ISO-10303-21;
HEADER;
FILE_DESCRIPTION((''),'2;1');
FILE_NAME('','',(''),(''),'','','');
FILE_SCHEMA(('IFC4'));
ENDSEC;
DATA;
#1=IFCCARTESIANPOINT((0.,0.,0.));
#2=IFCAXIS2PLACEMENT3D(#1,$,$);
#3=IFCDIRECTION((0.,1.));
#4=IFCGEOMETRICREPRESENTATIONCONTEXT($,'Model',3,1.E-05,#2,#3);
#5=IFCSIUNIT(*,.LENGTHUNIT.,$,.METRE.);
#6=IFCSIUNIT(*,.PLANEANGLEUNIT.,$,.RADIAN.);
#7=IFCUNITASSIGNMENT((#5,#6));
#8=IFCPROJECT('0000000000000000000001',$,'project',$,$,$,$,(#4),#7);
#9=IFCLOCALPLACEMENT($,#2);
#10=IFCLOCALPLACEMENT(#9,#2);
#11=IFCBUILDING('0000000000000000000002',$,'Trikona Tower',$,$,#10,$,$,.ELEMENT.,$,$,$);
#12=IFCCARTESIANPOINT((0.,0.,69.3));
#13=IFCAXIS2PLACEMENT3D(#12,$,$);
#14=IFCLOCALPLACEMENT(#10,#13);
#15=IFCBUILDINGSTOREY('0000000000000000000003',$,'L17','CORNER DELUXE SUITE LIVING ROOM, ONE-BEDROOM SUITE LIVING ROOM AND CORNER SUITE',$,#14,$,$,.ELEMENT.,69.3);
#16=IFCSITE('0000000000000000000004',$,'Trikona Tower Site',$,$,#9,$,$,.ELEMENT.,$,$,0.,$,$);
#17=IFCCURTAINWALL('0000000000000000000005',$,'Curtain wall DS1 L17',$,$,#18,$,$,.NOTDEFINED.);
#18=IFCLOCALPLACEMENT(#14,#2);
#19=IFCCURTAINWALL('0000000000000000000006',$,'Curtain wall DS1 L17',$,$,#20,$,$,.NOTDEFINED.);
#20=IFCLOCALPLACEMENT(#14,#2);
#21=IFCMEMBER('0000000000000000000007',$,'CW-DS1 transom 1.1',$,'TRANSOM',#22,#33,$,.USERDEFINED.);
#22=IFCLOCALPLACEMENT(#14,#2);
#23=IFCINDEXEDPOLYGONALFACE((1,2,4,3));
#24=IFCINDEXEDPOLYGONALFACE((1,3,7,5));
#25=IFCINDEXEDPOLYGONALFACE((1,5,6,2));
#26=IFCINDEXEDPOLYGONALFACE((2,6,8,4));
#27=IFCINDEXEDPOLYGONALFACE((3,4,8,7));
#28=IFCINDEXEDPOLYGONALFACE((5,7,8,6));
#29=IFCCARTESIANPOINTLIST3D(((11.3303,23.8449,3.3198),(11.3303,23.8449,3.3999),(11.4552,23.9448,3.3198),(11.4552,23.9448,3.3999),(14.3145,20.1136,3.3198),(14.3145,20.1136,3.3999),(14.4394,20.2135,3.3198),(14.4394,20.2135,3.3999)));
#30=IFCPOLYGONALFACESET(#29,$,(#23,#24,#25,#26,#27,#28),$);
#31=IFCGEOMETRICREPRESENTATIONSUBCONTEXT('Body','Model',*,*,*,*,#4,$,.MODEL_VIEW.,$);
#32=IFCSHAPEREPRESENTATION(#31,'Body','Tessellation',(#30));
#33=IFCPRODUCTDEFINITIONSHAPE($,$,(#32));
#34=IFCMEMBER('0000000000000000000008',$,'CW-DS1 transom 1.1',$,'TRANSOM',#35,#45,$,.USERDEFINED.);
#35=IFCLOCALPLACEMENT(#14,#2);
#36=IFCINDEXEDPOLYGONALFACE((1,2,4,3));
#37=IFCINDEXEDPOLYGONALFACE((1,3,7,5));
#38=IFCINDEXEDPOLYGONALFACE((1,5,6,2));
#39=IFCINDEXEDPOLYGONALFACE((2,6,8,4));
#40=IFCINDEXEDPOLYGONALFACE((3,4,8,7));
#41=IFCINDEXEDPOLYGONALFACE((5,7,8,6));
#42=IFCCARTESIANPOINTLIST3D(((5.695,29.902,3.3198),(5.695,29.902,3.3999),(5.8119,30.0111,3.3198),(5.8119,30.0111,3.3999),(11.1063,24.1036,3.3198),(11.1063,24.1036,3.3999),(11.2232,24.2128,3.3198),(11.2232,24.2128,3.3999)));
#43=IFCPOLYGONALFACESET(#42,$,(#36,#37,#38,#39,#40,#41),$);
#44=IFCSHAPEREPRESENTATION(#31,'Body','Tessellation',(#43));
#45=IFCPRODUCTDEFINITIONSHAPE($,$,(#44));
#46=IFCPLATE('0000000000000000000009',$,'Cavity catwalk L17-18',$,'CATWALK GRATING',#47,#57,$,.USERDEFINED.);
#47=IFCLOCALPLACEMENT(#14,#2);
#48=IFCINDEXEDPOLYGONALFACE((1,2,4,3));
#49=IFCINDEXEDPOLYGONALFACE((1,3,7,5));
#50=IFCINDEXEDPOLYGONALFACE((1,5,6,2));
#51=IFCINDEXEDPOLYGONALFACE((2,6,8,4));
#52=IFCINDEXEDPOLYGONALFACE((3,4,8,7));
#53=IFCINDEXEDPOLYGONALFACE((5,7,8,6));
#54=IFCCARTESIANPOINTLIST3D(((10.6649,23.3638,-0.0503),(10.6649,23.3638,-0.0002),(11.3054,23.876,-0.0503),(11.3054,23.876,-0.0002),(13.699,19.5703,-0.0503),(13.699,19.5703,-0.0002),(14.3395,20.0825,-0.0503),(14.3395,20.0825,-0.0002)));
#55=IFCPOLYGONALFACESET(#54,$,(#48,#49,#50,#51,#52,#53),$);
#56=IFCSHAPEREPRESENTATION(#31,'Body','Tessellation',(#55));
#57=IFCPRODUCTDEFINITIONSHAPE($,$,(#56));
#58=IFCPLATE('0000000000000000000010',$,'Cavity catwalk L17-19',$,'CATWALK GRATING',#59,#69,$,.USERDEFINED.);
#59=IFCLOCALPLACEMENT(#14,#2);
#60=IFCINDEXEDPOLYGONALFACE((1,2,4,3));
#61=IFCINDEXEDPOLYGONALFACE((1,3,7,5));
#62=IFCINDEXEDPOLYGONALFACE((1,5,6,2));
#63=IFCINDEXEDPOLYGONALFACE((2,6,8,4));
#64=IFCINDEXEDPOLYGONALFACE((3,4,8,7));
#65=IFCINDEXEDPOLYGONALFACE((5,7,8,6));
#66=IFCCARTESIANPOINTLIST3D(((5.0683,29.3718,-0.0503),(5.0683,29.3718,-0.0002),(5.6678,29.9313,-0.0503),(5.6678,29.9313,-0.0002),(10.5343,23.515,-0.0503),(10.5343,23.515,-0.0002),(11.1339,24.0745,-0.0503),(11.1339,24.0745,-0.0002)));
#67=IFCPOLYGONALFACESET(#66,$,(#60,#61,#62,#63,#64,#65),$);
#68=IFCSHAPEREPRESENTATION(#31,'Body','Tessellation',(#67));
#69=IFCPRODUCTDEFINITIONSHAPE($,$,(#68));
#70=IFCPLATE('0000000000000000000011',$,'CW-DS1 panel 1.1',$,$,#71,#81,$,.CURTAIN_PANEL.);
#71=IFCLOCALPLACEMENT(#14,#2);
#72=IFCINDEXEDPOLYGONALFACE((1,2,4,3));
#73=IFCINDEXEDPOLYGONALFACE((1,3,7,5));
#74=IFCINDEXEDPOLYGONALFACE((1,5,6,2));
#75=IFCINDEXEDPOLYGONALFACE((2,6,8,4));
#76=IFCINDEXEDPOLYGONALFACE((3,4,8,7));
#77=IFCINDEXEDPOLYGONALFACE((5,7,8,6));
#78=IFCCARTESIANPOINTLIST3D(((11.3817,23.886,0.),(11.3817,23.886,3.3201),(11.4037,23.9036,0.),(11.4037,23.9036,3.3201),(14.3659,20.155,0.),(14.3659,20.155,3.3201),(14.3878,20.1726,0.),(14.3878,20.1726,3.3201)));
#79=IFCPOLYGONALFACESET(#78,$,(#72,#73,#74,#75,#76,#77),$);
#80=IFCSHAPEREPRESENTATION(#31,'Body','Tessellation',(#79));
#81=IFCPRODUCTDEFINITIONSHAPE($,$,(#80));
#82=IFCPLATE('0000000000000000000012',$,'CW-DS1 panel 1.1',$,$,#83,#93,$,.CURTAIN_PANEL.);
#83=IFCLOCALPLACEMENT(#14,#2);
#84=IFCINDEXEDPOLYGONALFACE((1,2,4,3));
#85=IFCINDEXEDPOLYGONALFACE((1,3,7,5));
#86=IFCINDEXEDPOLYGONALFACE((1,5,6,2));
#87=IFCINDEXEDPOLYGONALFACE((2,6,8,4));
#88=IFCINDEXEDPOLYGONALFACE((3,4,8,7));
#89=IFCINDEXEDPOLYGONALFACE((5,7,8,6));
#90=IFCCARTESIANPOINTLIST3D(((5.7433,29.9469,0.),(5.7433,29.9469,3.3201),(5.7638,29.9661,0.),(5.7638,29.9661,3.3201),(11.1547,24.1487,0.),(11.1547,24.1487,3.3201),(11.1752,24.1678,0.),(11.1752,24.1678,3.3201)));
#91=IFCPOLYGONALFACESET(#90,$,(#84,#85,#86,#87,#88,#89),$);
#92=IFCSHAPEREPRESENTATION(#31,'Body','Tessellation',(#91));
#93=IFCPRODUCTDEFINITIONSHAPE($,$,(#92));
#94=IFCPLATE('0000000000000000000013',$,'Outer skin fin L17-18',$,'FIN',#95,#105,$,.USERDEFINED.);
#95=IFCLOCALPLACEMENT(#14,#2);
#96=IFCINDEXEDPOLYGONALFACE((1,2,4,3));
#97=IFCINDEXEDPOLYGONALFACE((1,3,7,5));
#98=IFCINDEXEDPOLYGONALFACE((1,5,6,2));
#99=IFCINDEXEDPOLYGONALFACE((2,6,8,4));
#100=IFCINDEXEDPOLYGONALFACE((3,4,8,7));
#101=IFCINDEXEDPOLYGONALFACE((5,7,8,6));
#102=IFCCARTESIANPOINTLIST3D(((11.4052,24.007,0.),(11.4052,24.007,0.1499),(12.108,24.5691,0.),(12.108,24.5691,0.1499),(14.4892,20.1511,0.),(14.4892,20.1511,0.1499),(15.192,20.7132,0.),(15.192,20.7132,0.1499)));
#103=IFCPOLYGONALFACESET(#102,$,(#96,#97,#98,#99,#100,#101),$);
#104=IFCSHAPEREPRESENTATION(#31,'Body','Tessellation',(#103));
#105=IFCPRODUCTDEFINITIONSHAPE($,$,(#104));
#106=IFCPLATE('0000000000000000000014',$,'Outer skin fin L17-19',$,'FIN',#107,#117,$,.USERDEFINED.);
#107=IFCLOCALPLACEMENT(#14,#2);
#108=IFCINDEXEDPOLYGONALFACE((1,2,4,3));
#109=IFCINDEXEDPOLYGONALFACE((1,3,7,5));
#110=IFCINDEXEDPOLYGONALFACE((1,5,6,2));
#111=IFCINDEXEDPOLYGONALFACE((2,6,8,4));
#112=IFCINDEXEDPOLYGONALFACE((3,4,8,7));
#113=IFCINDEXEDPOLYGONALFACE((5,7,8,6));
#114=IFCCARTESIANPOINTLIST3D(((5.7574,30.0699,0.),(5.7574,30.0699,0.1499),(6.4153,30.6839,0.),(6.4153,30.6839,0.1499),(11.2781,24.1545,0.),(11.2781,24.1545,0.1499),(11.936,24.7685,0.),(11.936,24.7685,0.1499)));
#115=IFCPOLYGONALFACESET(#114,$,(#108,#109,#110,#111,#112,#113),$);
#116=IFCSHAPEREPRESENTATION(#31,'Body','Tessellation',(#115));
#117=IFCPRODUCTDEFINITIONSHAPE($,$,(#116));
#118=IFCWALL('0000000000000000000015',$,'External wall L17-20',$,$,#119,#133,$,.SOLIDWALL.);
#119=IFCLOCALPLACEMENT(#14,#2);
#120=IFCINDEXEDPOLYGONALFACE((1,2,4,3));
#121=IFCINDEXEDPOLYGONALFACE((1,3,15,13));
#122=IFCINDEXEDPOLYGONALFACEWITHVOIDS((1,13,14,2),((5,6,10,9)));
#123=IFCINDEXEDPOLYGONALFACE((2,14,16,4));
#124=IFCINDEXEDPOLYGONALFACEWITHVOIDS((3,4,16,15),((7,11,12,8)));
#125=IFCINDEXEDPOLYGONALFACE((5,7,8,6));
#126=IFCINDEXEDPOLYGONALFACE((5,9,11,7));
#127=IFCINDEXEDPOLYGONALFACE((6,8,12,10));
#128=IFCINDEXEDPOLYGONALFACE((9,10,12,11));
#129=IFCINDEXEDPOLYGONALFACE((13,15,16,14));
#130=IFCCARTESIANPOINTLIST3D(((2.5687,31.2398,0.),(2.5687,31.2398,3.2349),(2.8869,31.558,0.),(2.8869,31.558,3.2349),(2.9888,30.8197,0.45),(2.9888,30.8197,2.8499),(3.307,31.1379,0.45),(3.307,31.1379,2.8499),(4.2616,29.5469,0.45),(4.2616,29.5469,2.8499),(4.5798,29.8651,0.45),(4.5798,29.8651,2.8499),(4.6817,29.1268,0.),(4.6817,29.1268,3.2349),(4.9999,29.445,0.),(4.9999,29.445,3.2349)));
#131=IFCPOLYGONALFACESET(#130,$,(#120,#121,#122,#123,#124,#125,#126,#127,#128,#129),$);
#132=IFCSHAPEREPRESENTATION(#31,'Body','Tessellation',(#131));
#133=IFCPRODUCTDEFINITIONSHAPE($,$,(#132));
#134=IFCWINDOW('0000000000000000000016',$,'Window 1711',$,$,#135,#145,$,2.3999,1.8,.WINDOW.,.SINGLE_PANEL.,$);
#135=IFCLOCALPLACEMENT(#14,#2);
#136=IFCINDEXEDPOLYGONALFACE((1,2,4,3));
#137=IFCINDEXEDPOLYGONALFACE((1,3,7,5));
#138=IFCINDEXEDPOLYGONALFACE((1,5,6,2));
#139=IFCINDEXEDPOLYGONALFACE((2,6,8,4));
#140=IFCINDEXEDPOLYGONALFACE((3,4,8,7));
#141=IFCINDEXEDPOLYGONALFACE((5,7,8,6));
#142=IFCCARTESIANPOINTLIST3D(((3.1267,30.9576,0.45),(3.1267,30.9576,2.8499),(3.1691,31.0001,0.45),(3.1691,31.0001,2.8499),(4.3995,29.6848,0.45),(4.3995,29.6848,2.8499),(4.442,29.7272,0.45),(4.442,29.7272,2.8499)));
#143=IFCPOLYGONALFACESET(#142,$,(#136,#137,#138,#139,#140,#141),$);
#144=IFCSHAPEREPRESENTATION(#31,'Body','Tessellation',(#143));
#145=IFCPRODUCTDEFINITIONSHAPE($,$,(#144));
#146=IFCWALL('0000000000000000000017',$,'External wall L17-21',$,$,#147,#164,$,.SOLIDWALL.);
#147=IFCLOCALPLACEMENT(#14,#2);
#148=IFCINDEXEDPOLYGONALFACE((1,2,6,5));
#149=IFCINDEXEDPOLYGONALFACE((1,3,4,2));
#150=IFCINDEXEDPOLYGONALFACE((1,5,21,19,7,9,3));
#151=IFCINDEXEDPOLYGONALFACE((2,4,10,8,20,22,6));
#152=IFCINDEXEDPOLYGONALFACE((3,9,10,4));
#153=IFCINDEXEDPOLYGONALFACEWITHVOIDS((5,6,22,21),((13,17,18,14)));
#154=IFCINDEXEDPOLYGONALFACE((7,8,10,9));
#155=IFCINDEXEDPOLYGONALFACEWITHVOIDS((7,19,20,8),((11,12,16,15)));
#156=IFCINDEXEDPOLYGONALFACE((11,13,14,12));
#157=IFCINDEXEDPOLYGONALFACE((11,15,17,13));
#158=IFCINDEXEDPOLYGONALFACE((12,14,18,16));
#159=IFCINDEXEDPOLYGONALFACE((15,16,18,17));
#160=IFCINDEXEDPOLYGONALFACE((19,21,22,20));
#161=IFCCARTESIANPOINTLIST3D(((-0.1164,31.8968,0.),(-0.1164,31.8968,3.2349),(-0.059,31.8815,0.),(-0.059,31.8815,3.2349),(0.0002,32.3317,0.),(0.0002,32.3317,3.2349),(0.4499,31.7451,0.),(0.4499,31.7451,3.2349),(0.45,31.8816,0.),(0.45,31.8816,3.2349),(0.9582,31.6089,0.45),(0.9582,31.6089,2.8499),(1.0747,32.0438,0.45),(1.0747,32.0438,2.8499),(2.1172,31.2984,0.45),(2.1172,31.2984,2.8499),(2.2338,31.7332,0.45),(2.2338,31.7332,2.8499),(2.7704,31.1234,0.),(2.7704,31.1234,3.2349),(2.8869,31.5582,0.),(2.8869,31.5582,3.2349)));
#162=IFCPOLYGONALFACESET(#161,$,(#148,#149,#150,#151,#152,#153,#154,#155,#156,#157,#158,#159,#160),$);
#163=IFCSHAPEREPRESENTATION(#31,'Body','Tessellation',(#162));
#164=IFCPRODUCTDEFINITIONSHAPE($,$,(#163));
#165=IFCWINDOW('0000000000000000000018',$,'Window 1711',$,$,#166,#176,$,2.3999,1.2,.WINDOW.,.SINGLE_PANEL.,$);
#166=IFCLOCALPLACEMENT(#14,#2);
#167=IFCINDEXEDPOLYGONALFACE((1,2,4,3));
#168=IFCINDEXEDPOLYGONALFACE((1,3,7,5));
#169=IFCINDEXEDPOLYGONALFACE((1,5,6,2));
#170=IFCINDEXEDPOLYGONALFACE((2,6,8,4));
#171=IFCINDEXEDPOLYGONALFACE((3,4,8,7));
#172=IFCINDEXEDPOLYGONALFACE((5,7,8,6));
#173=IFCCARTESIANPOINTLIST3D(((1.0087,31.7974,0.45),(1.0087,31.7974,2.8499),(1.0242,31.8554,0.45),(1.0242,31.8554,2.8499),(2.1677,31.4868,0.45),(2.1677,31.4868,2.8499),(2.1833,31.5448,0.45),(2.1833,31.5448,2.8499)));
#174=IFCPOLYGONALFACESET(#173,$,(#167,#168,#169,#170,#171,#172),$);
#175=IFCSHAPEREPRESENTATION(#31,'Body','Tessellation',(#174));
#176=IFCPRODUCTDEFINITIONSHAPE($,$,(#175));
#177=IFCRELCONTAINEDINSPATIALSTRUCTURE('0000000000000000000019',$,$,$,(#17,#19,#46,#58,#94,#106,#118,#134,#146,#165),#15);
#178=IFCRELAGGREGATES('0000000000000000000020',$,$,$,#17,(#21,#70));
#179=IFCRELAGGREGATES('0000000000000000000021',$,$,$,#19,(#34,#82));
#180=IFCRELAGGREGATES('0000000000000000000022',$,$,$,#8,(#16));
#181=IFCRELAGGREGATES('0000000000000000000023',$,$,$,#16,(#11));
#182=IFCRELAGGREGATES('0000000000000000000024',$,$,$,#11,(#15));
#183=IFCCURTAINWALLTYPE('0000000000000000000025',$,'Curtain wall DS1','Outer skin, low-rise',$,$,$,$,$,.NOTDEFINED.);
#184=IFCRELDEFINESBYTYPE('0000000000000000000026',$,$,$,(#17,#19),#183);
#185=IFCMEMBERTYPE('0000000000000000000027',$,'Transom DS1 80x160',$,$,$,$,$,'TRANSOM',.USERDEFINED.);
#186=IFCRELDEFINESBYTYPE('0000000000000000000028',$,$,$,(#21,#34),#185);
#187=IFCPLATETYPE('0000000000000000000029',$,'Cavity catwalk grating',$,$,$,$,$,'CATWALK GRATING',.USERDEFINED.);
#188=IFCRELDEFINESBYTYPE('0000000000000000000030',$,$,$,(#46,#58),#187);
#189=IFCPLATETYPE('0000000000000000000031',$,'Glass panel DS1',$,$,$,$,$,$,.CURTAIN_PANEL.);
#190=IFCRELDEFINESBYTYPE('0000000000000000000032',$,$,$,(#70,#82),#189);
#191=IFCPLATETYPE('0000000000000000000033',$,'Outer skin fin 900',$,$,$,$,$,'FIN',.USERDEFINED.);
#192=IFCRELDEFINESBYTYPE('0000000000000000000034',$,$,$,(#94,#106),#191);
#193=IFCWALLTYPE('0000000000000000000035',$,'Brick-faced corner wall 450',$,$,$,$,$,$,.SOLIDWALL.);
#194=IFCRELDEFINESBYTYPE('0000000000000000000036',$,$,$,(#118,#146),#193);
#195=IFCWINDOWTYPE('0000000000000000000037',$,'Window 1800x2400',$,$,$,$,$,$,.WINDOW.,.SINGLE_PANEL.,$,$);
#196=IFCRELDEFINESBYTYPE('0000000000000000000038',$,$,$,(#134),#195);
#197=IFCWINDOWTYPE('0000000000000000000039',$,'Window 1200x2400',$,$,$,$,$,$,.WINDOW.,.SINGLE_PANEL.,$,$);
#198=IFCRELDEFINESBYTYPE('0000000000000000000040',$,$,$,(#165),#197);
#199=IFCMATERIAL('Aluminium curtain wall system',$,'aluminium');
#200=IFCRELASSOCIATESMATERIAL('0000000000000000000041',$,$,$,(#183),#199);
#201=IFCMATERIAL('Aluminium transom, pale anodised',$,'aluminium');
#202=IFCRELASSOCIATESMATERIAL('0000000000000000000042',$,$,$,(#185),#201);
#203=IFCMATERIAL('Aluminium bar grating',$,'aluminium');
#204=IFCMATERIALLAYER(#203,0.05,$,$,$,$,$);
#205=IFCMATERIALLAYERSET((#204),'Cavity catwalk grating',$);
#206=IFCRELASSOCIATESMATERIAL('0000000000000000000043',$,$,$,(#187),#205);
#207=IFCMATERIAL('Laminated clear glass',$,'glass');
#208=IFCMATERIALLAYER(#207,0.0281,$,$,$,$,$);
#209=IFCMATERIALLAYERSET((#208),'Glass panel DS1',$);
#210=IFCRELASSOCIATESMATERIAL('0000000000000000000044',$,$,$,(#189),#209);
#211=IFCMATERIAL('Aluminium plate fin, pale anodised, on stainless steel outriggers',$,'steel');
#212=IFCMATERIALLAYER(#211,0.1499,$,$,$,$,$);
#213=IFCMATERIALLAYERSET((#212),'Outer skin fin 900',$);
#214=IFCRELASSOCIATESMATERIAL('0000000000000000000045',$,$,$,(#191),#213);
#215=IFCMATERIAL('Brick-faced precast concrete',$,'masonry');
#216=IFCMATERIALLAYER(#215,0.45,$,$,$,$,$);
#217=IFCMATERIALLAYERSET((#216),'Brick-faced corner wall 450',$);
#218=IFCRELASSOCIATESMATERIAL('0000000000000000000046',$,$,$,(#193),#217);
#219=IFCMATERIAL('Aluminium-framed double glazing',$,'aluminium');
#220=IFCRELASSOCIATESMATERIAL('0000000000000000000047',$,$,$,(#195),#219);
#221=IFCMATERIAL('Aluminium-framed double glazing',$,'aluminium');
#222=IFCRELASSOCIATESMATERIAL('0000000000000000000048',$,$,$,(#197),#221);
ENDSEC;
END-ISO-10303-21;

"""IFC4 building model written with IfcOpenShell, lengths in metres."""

from ifc_helpers import new_model, si_unit, direction, frame, frame_2d, origin, origin_2d, place, context, subcontext, project, spatial, polyline, rectangle, outline, extrude, material, layer, layer_set, material_profile, profile_set, type_object, element, fill, aggregate, save


model = new_model("IFC4")

# Units and contexts
model_context = context("Model", 3, precision=1e-05, world=origin(), true_north=direction((0.0, 1.0)))
body_context = subcontext(model_context, "Body", "Model", "MODEL_VIEW")
ifc_project = project(units=[si_unit("LENGTHUNIT", "METRE"), si_unit("PLANEANGLEUNIT", "RADIAN")], contexts=[model_context])

# Site, building, storey
site_placement = place(None, origin())
site = spatial("IfcSite", under=ifc_project, at=site_placement, Name="Trikona Tower Site", CompositionType="ELEMENT", RefElevation=0.0)
building_placement = place(site_placement, origin())
building = spatial("IfcBuilding", under=site, at=building_placement, Name="Trikona Tower", CompositionType="ELEMENT")
storey_placement = place(building_placement, frame((0.0, 0.0, 69.3)))
storey = spatial("IfcBuildingStorey", under=building, at=storey_placement, Name="L17", Description="CORNER DELUXE SUITE LIVING ROOM, ONE-BEDROOM SUITE LIVING ROOM AND CORNER SUITE", CompositionType="ELEMENT", Elevation=69.3)

# Shared definitions
ifc_material_1 = material(Name="Aluminium curtain wall system", Category="aluminium")
curtain_wall_type = type_object("IfcCurtainWallType", Name="Curtain wall DS1", Description="Outer skin, low-rise", PredefinedType="NOTDEFINED", material=ifc_material_1)

# Curtain walls
curtain_wall_1_placement = place(storey_placement, origin())
curtain_wall_1 = element("IfcCurtainWall", 1, at=curtain_wall_1_placement, inside=storey, type_object=curtain_wall_type, Name="Curtain wall DS1 L17", PredefinedType="NOTDEFINED")
curtain_wall_2_placement = place(storey_placement, origin())
curtain_wall_2 = element("IfcCurtainWall", 2, at=curtain_wall_2_placement, inside=storey, type_object=curtain_wall_type, Name="Curtain wall DS1 L17", PredefinedType="NOTDEFINED")

# Members
ifc_material_2 = material(Name="Aluminium transom, pale anodised", Category="aluminium")
ifc_material_profile_1 = material_profile(ifc_material_2, rectangle(XDim=0.1599, YDim=0.0801, at=origin_2d()), Name="TRN-DS1")
ifc_profile_set_1 = profile_set([ifc_material_profile_1], Name="Aluminium transom, pale anodised")
member_type_1 = type_object("IfcMemberType", Name="Transom DS1 80x160", ElementType="TRANSOM", PredefinedType="USERDEFINED", material=ifc_profile_set_1)
member_1_placement = place(storey_placement, frame((14.377, 20.1636, 3.3599), z_axis=(-0.624589, 0.780954, 0.0), x_axis=(-0.780954, -0.624589, 0.0)))
member_1 = element("IfcMember", 3, at=member_1_placement, type_object=member_type_1, Name="CW-DS1 transom 1.1", ObjectType="TRANSOM", PredefinedType="USERDEFINED", context=body_context, shape_type="SweptSolid", body=[
    extrude(rectangle(XDim=0.1599, YDim=0.0801, at=origin_2d()), origin(), (0.0, 0.0, 1.0), 4.7778),
])
member_2_placement = place(storey_placement, frame((11.1648, 24.1582, 3.3599), z_axis=(-0.682291, 0.731081, 0.0), x_axis=(-0.731081, -0.682291, 0.0)))
member_2 = element("IfcMember", 4, at=member_2_placement, type_object=member_type_1, Name="CW-DS1 transom 1.1", ObjectType="TRANSOM", PredefinedType="USERDEFINED", context=body_context, shape_type="SweptSolid", body=[
    extrude(rectangle(XDim=0.1599, YDim=0.0801, at=origin_2d()), origin(), (0.0, 0.0, 1.0), 7.9312),
])

# Plates
ifc_material_3 = material(Name="Aluminium bar grating", Category="aluminium")
ifc_layer_1 = layer(ifc_material_3, 0.05)
ifc_layer_set_1 = layer_set([ifc_layer_1], Name="Cavity catwalk grating")
plate_type_1 = type_object("IfcPlateType", Name="Cavity catwalk grating", ElementType="CATWALK GRATING", PredefinedType="USERDEFINED", material=ifc_layer_set_1)
plate_1_placement = place(storey_placement, frame((12.5022, 21.7231, -0.0503), z_axis=(0.0, 0.0, 1.0), x_axis=(-0.624604, 0.780942, 0.0)))
element("IfcPlate", 5, at=plate_1_placement, inside=storey, type_object=plate_type_1, Name="Cavity catwalk L17-18", ObjectType="CATWALK GRATING", PredefinedType="USERDEFINED", context=body_context, shape_type="SweptSolid", body=[
    extrude(rectangle(XDim=4.8577, YDim=0.8201, at=origin_2d()), origin(), (0.0, 0.0, 1.0), 0.05),
])
plate_2_placement = place(storey_placement, frame((8.1011, 26.7231, -0.0503), z_axis=(0.0, 0.0, 1.0), x_axis=(-0.682298, 0.731074, 0.0)))
element("IfcPlate", 6, at=plate_2_placement, inside=storey, type_object=plate_type_1, Name="Cavity catwalk L17-19", ObjectType="CATWALK GRATING", PredefinedType="USERDEFINED", context=body_context, shape_type="SweptSolid", body=[
    extrude(rectangle(XDim=8.0112, YDim=0.8201, at=origin_2d()), origin(), (0.0, 0.0, 1.0), 0.05),
])

# Plates
ifc_material_4 = material(Name="Laminated clear glass", Category="glass")
ifc_layer_2 = layer(ifc_material_4, 0.0281)
ifc_layer_set_2 = layer_set([ifc_layer_2], Name="Glass panel DS1")
plate_type_2 = type_object("IfcPlateType", Name="Glass panel DS1", PredefinedType="CURTAIN_PANEL", material=ifc_layer_set_2)
plate_3_placement = place(storey_placement, frame((12.8848, 22.0293, 0.0), z_axis=(0.0, 0.0, 1.0), x_axis=(-0.624609, 0.780938, 0.0)))
plate_3 = element("IfcPlate", 7, at=plate_3_placement, type_object=plate_type_2, Name="CW-DS1 panel 1.1", PredefinedType="CURTAIN_PANEL", context=body_context, shape_type="SweptSolid", body=[
    extrude(rectangle(XDim=4.7776, YDim=0.0281, at=origin_2d()), origin(), (0.0, 0.0, 1.0), 3.3201),
])
aggregate(curtain_wall_1, [member_1, plate_3])
plate_4_placement = place(storey_placement, frame((8.4592, 27.0574, 0.0), z_axis=(0.0, 0.0, 1.0), x_axis=(-0.682295, 0.731077, 0.0)))
plate_4 = element("IfcPlate", 8, at=plate_4_placement, type_object=plate_type_2, Name="CW-DS1 panel 1.1", PredefinedType="CURTAIN_PANEL", context=body_context, shape_type="SweptSolid", body=[
    extrude(rectangle(XDim=7.9312, YDim=0.0281, at=origin_2d()), origin(), (0.0, 0.0, 1.0), 3.3201),
])
aggregate(curtain_wall_2, [member_2, plate_4])

# Plates
ifc_material_5 = material(Name="Aluminium plate fin, pale anodised, on stainless steel outriggers", Category="steel")
ifc_layer_3 = layer(ifc_material_5, 0.1499)
ifc_layer_set_3 = layer_set([ifc_layer_3], Name="Outer skin fin 900")
plate_type_3 = type_object("IfcPlateType", Name="Outer skin fin 900", ElementType="FIN", PredefinedType="USERDEFINED", material=ifc_layer_set_3)
plate_5_placement = place(storey_placement, frame((13.2986, 22.3601, 0.0), z_axis=(0.0, 0.0, 1.0), x_axis=(-0.624604, 0.780942, 0.0)))
element("IfcPlate", 9, at=plate_5_placement, inside=storey, type_object=plate_type_3, Name="Outer skin fin L17-18", ObjectType="FIN", PredefinedType="USERDEFINED", context=body_context, shape_type="SweptSolid", body=[
    extrude(rectangle(XDim=4.9375, YDim=0.8999, at=origin_2d()), origin(), (0.0, 0.0, 1.0), 0.1499),
])
plate_6_placement = place(storey_placement, frame((8.8467, 27.4192, 0.0), z_axis=(0.0, 0.0, 1.0), x_axis=(-0.682298, 0.731074, 0.0)))
element("IfcPlate", 10, at=plate_6_placement, inside=storey, type_object=plate_type_3, Name="Outer skin fin L17-19", ObjectType="FIN", PredefinedType="USERDEFINED", context=body_context, shape_type="SweptSolid", body=[
    extrude(rectangle(XDim=8.0913, YDim=0.8999, at=origin_2d()), origin(), (0.0, 0.0, 1.0), 0.1499),
])

# Walls, openings, windows
ifc_material_6 = material(Name="Brick-faced precast concrete", Category="masonry")
ifc_layer_4 = layer(ifc_material_6, 0.45)
ifc_layer_set_4 = layer_set([ifc_layer_4], Name="Brick-faced corner wall 450")
wall_type_1 = type_object("IfcWallType", Name="Brick-faced corner wall 450", PredefinedType="SOLIDWALL", material=ifc_layer_set_4)
wall_1_placement = place(storey_placement, frame((4.8408, 29.2859, 0.0), z_axis=(0.0, 0.0, 1.0), x_axis=(-0.707107, 0.707107, 0.0)))
wall_1 = element("IfcWall", 11, at=wall_1_placement, inside=storey, type_object=wall_type_1, Name="External wall L17-20", PredefinedType="SOLIDWALL", context=body_context, shape_type="SweptSolid", body=[
    extrude(rectangle(XDim=2.9883, YDim=0.45, at=frame_2d((1.4941, 0.0))), origin(), (0.0, 0.0, 1.0), 3.2349),
])
opening_1_placement = place(wall_1_placement, frame((0.5942, 0.0, 0.45)))
opening_1 = element("IfcOpeningElement", 12, at=opening_1_placement, cuts=wall_1, PredefinedType="OPENING", context=body_context, shape_type="SweptSolid", body=[
    extrude(rectangle(XDim=1.8, YDim=2.3999, at=frame_2d((0.8999, 1.2))), frame((0.0, 0.2349, 0.0), z_axis=(0.0, -1.0, 0.0), x_axis=(1.0, 0.0, 0.0)), (0.0, 0.0, 1.0), 0.47),
])
ifc_material_7 = material(Name="Aluminium-framed double glazing", Category="aluminium")
window_type_1 = type_object("IfcWindowType", Name="Window 1800x2400", PartitioningType="SINGLE_PANEL", PredefinedType="WINDOW", material=ifc_material_7)
window_1_placement = place(opening_1_placement, origin())
window_1 = element("IfcWindow", 13, at=window_1_placement, inside=storey, type_object=window_type_1, Name="Window 1711", OverallHeight=2.3999, OverallWidth=1.8, PartitioningType="SINGLE_PANEL", PredefinedType="WINDOW", context=body_context, shape_type="SweptSolid", body=[
    extrude(rectangle(XDim=1.8, YDim=2.3999, at=frame_2d((0.8999, 1.2))), frame((0.0, 0.03, 0.0), z_axis=(0.0, -1.0, 0.0), x_axis=(1.0, 0.0, 0.0)), (0.0, 0.0, 1.0), 0.0601),
])
fill(opening_1, window_1)
wall_2_placement = place(storey_placement, frame((2.8286, 31.3408, 0.0), z_axis=(0.0, 0.0, 1.0), x_axis=(-0.965931, 0.258801, 0.0)))
wall_2 = element("IfcWall", 14, at=wall_2_placement, inside=storey, type_object=wall_type_1, Name="External wall L17-21", PredefinedType="SOLIDWALL", context=body_context, shape_type="SweptSolid", body=[
    extrude(outline(polyline([(2.9885, 0.2251), (2.9292, 0.2251), (2.4375, 0.0933), (2.4023, 0.2251), (0.0, 0.2251), (0.0, -0.2251), (2.9885, -0.2251), (2.9885, 0.2251)])), origin(), (0.0, 0.0, 1.0), 3.2349),
])
opening_2_placement = place(wall_2_placement, frame((0.676, 0.0, 0.45)))
opening_2 = element("IfcOpeningElement", 15, at=opening_2_placement, cuts=wall_2, PredefinedType="OPENING", context=body_context, shape_type="SweptSolid", body=[
    extrude(rectangle(XDim=1.2, YDim=2.3999, at=frame_2d((0.6001, 1.2))), frame((0.0, 0.2349, 0.0), z_axis=(0.0, -1.0, 0.0), x_axis=(1.0, 0.0, 0.0)), (0.0, 0.0, 1.0), 0.47),
])
ifc_material_8 = material(Name="Aluminium-framed double glazing", Category="aluminium")
window_type_2 = type_object("IfcWindowType", Name="Window 1200x2400", PartitioningType="SINGLE_PANEL", PredefinedType="WINDOW", material=ifc_material_8)
window_2_placement = place(opening_2_placement, origin())
window_2 = element("IfcWindow", 16, at=window_2_placement, inside=storey, type_object=window_type_2, Name="Window 1711", OverallHeight=2.3999, OverallWidth=1.2, PartitioningType="SINGLE_PANEL", PredefinedType="WINDOW", context=body_context, shape_type="SweptSolid", body=[
    extrude(rectangle(XDim=1.2, YDim=2.3999, at=frame_2d((0.6001, 1.2))), frame((0.0, 0.03, 0.0), z_axis=(0.0, -1.0, 0.0), x_axis=(1.0, 0.0, 0.0)), (0.0, 0.0, 1.0), 0.0601),
])
fill(opening_2, window_2)

save(model, "model.ifc")
